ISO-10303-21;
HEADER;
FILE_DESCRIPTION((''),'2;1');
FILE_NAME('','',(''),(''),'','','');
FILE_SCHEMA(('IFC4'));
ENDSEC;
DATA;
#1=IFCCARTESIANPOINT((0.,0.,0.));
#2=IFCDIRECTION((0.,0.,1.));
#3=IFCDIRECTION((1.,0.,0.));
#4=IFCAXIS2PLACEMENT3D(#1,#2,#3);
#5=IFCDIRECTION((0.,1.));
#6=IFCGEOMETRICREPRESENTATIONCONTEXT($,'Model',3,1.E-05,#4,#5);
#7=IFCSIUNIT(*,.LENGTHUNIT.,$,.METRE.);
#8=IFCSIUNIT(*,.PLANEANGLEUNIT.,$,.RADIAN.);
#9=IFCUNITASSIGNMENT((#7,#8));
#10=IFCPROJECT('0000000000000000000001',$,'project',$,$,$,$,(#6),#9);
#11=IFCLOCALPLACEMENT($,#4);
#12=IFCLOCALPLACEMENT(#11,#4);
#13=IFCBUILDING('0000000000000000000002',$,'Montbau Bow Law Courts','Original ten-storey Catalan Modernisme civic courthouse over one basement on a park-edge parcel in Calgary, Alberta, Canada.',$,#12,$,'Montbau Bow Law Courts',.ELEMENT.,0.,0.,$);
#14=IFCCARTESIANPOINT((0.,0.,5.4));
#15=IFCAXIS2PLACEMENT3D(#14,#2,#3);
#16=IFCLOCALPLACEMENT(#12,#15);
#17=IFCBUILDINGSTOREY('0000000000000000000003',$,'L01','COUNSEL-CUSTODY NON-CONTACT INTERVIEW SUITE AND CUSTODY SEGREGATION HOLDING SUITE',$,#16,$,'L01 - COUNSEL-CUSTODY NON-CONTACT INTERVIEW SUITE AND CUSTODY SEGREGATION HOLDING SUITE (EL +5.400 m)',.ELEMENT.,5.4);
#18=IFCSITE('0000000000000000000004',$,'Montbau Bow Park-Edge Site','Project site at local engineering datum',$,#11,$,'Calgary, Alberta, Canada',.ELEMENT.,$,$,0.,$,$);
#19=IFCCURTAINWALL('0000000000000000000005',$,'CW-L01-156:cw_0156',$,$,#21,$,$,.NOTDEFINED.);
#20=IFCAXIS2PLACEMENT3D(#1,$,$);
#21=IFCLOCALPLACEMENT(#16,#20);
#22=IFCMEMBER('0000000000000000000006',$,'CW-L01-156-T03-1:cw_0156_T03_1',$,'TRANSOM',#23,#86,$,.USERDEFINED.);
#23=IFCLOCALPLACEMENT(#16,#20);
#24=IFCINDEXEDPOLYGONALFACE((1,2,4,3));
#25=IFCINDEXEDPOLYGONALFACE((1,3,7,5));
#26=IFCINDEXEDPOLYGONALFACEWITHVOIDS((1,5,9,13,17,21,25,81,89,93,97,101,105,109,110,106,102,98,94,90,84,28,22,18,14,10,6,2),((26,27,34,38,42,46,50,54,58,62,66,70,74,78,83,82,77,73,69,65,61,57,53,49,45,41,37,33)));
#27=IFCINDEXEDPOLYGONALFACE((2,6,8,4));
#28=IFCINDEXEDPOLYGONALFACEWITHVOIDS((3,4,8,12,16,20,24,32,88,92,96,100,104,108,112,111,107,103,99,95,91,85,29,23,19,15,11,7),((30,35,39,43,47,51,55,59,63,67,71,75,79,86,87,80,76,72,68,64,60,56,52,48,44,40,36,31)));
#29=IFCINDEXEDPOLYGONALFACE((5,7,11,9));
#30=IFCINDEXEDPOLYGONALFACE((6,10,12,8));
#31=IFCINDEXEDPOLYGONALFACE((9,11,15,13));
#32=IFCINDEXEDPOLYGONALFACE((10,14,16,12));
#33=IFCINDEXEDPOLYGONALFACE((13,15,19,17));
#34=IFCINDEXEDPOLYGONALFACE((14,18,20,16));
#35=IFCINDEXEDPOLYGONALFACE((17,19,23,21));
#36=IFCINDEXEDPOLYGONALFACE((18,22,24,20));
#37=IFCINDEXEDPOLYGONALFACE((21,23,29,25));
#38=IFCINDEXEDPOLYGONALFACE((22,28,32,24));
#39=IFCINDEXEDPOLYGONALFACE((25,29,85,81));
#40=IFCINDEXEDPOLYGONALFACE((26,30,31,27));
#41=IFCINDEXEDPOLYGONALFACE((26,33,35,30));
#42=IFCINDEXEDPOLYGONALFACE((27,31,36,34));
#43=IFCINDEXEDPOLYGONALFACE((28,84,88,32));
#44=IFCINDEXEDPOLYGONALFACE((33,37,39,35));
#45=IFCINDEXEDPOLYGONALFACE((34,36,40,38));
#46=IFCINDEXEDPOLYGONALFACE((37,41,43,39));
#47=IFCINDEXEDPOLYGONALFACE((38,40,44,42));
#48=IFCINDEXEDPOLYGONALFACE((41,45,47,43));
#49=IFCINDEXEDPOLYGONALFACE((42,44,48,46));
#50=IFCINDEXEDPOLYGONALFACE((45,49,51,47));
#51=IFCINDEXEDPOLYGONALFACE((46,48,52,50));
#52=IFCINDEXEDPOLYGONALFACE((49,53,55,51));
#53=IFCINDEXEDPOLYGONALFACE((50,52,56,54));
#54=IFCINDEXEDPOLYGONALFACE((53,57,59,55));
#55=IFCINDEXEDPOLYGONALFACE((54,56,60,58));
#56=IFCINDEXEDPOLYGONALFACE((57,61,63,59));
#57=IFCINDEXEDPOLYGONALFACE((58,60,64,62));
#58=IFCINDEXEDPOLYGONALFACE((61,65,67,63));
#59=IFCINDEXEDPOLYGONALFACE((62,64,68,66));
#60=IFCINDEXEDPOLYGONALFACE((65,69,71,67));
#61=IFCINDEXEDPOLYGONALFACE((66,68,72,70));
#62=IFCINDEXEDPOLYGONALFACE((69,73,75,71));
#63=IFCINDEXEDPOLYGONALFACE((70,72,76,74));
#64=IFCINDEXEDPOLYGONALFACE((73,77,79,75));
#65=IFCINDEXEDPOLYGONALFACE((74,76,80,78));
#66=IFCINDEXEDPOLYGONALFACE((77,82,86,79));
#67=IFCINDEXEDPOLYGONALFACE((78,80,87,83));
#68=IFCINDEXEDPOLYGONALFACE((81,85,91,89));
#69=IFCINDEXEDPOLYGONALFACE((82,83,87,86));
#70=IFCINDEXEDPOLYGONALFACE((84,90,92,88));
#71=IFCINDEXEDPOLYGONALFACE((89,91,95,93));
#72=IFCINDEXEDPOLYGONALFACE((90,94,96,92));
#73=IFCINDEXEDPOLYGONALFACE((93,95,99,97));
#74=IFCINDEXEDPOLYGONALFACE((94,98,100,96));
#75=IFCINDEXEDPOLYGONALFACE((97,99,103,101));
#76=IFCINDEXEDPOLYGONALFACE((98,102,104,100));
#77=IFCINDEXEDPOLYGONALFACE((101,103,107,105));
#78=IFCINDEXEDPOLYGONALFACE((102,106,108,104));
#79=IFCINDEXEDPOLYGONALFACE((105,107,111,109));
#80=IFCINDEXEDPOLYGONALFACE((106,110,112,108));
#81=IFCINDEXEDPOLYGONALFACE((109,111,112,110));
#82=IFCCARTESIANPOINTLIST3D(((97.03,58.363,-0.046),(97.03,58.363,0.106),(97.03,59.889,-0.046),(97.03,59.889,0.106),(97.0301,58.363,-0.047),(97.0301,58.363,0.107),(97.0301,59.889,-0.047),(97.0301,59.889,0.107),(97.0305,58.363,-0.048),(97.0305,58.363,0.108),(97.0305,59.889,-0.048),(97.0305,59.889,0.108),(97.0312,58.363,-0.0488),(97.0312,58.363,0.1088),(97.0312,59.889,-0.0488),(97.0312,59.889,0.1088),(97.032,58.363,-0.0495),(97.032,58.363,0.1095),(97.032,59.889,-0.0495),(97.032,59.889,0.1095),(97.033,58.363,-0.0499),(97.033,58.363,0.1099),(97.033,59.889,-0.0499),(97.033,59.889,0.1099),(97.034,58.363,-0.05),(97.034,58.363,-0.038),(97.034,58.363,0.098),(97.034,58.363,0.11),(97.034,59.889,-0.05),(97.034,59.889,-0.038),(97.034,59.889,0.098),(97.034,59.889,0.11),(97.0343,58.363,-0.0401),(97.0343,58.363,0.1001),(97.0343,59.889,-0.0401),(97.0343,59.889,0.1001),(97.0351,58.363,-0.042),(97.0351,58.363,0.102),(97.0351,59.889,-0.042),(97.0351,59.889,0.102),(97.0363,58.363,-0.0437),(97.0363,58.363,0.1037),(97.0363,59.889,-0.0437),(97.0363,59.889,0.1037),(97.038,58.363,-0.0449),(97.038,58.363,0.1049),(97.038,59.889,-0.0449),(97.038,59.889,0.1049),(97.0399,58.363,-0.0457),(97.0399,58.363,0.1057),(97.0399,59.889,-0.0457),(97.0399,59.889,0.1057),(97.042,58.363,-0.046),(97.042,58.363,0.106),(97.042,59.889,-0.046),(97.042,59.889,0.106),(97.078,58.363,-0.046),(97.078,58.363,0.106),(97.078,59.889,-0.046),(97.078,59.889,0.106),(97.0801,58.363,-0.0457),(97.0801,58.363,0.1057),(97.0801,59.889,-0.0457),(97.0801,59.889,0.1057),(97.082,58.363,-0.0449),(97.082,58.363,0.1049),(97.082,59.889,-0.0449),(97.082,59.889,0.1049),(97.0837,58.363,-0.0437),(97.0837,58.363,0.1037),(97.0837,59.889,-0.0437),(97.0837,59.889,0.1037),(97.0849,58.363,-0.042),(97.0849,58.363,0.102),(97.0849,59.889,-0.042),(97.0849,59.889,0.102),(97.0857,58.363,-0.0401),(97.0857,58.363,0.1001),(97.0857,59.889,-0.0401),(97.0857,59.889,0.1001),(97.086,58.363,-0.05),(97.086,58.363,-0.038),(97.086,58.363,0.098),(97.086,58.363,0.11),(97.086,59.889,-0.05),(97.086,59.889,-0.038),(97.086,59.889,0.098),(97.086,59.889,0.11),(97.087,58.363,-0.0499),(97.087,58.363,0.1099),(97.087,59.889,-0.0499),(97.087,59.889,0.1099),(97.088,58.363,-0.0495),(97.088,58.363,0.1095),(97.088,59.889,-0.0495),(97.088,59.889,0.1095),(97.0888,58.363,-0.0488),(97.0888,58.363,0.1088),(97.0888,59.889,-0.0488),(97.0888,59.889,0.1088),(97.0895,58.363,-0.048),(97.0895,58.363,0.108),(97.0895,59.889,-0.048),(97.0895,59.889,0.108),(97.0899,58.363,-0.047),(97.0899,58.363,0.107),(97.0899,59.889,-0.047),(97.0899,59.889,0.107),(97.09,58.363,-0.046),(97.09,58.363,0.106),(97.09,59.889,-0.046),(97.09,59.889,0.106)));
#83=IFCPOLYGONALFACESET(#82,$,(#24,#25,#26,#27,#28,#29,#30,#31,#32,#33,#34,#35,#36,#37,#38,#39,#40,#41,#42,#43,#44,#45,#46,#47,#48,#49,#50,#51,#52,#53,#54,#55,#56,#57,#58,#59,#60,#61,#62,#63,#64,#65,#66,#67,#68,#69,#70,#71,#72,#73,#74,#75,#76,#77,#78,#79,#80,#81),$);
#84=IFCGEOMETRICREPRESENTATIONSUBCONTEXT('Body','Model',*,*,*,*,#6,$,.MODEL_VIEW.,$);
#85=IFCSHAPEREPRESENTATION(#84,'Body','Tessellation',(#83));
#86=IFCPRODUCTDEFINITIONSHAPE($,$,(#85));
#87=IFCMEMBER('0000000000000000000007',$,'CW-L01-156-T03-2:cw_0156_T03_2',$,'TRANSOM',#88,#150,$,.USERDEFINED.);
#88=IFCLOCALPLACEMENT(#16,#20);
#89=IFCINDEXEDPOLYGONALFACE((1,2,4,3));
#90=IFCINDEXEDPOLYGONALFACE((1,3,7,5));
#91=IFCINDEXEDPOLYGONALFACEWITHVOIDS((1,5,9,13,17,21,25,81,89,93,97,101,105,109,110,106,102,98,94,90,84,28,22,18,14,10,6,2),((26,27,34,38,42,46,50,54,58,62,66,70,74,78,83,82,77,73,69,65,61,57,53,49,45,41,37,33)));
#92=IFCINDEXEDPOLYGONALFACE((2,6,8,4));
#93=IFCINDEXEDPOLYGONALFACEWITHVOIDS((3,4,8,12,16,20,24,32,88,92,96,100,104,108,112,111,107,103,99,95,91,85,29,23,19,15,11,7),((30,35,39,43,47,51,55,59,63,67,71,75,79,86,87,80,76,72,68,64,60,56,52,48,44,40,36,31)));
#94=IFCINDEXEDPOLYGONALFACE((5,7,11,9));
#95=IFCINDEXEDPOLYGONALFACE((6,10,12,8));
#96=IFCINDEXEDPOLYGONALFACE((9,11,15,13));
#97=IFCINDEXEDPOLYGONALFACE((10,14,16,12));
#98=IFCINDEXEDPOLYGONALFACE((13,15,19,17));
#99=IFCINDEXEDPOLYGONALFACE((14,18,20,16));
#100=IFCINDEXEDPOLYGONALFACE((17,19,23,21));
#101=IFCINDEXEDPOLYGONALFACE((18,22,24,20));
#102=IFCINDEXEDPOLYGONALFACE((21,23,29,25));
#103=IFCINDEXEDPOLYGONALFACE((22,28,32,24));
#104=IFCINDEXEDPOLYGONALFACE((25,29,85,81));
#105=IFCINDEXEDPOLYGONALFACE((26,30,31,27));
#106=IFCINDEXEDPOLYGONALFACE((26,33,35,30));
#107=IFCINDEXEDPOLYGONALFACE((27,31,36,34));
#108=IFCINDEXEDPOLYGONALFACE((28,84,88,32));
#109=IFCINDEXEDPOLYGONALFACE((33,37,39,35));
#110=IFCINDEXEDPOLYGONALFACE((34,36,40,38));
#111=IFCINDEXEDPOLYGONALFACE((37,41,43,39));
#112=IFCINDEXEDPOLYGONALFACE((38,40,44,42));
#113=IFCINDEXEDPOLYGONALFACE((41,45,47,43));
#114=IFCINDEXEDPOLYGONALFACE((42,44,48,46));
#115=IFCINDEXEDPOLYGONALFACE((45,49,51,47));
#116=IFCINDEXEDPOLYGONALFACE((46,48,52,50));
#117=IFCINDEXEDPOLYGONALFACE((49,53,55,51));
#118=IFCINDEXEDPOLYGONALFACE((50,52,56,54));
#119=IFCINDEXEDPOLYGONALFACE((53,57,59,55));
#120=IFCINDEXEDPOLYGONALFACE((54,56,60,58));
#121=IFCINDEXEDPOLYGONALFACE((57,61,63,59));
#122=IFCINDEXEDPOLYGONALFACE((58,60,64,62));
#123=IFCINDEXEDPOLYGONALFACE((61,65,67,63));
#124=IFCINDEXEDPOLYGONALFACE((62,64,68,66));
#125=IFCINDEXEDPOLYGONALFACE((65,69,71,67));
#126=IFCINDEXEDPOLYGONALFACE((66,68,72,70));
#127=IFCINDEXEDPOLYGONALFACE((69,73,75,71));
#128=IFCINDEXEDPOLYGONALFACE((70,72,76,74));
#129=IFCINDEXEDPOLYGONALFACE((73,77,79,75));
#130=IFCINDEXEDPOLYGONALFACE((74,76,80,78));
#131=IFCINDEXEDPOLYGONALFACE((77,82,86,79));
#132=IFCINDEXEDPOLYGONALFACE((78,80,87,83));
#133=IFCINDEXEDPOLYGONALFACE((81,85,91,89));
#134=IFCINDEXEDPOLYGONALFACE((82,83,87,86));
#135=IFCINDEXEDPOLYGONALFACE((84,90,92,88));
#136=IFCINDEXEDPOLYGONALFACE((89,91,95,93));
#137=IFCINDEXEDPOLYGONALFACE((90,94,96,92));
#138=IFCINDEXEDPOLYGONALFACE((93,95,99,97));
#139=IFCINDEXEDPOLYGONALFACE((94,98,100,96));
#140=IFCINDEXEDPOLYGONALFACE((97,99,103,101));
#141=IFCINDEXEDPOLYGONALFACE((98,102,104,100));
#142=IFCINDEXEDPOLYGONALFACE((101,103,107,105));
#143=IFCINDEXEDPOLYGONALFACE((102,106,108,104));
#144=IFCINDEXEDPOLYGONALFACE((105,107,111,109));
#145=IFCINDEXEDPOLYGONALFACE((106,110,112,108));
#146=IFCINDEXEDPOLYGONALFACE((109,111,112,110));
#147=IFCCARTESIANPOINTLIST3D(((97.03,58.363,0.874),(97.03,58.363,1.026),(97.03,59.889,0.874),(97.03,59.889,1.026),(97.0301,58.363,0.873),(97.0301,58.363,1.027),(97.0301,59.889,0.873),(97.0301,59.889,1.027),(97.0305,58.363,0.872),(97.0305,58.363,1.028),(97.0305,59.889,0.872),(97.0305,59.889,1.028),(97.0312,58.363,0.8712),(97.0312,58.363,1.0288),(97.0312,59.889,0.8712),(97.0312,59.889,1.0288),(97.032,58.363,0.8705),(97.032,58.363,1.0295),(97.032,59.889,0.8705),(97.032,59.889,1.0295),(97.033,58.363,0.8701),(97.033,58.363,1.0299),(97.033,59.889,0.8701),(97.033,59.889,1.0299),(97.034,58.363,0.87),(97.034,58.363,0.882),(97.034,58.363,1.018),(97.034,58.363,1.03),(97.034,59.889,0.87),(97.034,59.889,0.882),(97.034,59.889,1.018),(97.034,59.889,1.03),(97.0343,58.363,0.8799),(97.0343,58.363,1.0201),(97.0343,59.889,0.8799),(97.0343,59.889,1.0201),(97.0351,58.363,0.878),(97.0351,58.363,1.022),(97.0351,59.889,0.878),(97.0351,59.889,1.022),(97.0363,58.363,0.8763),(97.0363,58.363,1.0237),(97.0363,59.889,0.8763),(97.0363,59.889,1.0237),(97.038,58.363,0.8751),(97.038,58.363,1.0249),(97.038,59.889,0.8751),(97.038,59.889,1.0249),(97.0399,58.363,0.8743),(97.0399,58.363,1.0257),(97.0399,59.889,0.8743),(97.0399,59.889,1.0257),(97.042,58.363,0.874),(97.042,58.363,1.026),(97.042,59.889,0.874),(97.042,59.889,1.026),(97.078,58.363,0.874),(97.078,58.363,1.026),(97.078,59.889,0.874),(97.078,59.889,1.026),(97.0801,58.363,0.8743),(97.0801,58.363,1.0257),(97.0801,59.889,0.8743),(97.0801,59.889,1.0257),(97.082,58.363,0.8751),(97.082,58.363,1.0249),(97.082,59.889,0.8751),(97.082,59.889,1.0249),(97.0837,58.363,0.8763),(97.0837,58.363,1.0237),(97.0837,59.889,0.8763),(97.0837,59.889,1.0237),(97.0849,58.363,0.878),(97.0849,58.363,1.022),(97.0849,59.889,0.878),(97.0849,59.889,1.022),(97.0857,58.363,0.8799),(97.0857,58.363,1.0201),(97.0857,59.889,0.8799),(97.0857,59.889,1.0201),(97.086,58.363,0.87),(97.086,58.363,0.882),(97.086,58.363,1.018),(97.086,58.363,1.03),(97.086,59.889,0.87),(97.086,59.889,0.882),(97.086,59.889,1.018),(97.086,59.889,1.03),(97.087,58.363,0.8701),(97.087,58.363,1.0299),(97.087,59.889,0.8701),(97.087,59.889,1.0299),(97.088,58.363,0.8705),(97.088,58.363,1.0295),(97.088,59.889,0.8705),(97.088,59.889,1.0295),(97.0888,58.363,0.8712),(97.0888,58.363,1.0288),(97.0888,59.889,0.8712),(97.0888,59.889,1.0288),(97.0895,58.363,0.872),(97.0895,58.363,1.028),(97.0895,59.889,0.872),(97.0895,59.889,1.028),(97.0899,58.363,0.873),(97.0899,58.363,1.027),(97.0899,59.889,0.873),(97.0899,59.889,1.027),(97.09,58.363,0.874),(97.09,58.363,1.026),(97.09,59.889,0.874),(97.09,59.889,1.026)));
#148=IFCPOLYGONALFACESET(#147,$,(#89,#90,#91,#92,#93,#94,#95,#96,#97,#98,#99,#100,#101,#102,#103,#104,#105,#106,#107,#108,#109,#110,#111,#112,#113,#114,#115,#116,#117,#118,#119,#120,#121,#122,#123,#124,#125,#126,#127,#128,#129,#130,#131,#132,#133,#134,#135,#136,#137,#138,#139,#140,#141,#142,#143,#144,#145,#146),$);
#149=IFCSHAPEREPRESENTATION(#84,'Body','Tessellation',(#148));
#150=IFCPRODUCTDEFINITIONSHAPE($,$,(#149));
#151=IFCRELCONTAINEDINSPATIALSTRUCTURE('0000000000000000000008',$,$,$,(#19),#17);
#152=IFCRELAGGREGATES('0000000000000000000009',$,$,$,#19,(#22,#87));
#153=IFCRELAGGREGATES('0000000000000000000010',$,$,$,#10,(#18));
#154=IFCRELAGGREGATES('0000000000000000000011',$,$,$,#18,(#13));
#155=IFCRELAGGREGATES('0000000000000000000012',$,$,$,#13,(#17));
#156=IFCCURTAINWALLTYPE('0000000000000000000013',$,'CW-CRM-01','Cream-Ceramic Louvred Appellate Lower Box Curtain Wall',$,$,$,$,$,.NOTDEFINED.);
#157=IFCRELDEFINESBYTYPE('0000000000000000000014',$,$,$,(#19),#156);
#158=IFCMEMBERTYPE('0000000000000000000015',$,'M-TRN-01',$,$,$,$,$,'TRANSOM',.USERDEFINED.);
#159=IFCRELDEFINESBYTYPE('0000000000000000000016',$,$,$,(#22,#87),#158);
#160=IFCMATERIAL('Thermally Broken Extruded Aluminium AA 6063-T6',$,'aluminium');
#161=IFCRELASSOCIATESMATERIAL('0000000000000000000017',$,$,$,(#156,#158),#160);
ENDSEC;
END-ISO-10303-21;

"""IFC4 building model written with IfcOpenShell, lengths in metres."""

from ifc_helpers import new_model, si_unit, direction, frame, origin_with_axes, origin_2d_with_axis, place, context, subcontext, project, spatial, hollow_rectangle, extrude, material, material_profile, profile_set, type_object, element, aggregate, save


model = new_model("IFC4")

# Units and contexts
model_context = context("Model", 3, precision=1e-05, world=origin_with_axes(), true_north=direction((0.0, 1.0)))
body_context = subcontext(model_context, "Body", "Model", "MODEL_VIEW")
ifc_project = project(units=[si_unit("LENGTHUNIT", "METRE"), si_unit("PLANEANGLEUNIT", "RADIAN")], contexts=[model_context])

# Site, building, storey
site_placement = place(None, origin_with_axes())
site = spatial("IfcSite", under=ifc_project, at=site_placement, Name="Montbau Bow Park-Edge Site", Description="Project site at local engineering datum", LongName="Calgary, Alberta, Canada", CompositionType="ELEMENT", RefElevation=0.0)
building_placement = place(site_placement, origin_with_axes())
building = spatial("IfcBuilding", under=site, at=building_placement, Name="Montbau Bow Law Courts", Description="Original ten-storey Catalan Modernisme civic courthouse over one basement on a park-edge parcel in Calgary, Alberta, Canada.", LongName="Montbau Bow Law Courts", CompositionType="ELEMENT", ElevationOfRefHeight=0.0, ElevationOfTerrain=0.0)
storey_placement = place(building_placement, frame((0.0, 0.0, 5.4), z_axis=(0.0, 0.0, 1.0), x_axis=(1.0, 0.0, 0.0)))
storey = spatial("IfcBuildingStorey", under=building, at=storey_placement, Name="L01", Description="COUNSEL-CUSTODY NON-CONTACT INTERVIEW SUITE AND CUSTODY SEGREGATION HOLDING SUITE", LongName="L01 - COUNSEL-CUSTODY NON-CONTACT INTERVIEW SUITE AND CUSTODY SEGREGATION HOLDING SUITE (EL +5.400 m)", CompositionType="ELEMENT", Elevation=5.4)

# Curtain wall
ifc_material_1 = material(Name="Thermally Broken Extruded Aluminium AA 6063-T6", Category="aluminium")
curtain_wall_type = type_object("IfcCurtainWallType", Name="CW-CRM-01", Description="Cream-Ceramic Louvred Appellate Lower Box Curtain Wall", PredefinedType="NOTDEFINED", material=ifc_material_1)
curtain_wall_1_placement = place(None, frame((97.06, 55.115, 5.4), z_axis=(0.0, 0.0, 1.0), x_axis=(1.0, 0.0, 0.0)))
curtain_wall_1 = element("IfcCurtainWall", 1, at=curtain_wall_1_placement, inside=storey, type_object=curtain_wall_type, Name="CW-L01-156:cw_0156", PredefinedType="NOTDEFINED")

# Members
ifc_material_profile_1 = material_profile(ifc_material_1, hollow_rectangle(XDim=0.06, YDim=0.16, WallThickness=0.004, InnerFilletRadius=0.008, OuterFilletRadius=0.004, at=origin_2d_with_axis()), Name="CWT-160X60", Category="Main", Priority=0)
ifc_profile_set_1 = profile_set([ifc_material_profile_1], Name="Thermally Broken Extruded Aluminium AA 6063-T6")
member_type_1 = type_object("IfcMemberType", Name="M-TRN-01", ElementType="TRANSOM", PredefinedType="USERDEFINED", material=ifc_profile_set_1)
member_1_placement = place(None, frame((97.06, 58.363, 5.43), z_axis=(0.0, 1.0, 0.0), x_axis=(-1.0, 0.0, 0.0)))
member_1 = element("IfcMember", 2, at=member_1_placement, type_object=member_type_1, Name="CW-L01-156-T03-1:cw_0156_T03_1", ObjectType="TRANSOM", PredefinedType="USERDEFINED", context=body_context, shape_type="SweptSolid", body=[
    extrude(hollow_rectangle(XDim=0.06, YDim=0.16, WallThickness=0.004, InnerFilletRadius=0.008, OuterFilletRadius=0.004, at=origin_2d_with_axis()), origin_with_axes(), (0.0, 0.0, 1.0), 1.526),
])
member_2_placement = place(None, frame((97.06, 58.363, 6.35), z_axis=(0.0, 1.0, 0.0), x_axis=(-1.0, 0.0, 0.0)))
member_2 = element("IfcMember", 3, at=member_2_placement, type_object=member_type_1, Name="CW-L01-156-T03-2:cw_0156_T03_2", ObjectType="TRANSOM", PredefinedType="USERDEFINED", context=body_context, shape_type="SweptSolid", body=[
    extrude(hollow_rectangle(XDim=0.06, YDim=0.16, WallThickness=0.004, InnerFilletRadius=0.008, OuterFilletRadius=0.004, at=origin_2d_with_axis()), origin_with_axes(), (0.0, 0.0, 1.0), 1.526),
])

aggregate(curtain_wall_1, [member_1, member_2])

save(model, "model.ifc")
